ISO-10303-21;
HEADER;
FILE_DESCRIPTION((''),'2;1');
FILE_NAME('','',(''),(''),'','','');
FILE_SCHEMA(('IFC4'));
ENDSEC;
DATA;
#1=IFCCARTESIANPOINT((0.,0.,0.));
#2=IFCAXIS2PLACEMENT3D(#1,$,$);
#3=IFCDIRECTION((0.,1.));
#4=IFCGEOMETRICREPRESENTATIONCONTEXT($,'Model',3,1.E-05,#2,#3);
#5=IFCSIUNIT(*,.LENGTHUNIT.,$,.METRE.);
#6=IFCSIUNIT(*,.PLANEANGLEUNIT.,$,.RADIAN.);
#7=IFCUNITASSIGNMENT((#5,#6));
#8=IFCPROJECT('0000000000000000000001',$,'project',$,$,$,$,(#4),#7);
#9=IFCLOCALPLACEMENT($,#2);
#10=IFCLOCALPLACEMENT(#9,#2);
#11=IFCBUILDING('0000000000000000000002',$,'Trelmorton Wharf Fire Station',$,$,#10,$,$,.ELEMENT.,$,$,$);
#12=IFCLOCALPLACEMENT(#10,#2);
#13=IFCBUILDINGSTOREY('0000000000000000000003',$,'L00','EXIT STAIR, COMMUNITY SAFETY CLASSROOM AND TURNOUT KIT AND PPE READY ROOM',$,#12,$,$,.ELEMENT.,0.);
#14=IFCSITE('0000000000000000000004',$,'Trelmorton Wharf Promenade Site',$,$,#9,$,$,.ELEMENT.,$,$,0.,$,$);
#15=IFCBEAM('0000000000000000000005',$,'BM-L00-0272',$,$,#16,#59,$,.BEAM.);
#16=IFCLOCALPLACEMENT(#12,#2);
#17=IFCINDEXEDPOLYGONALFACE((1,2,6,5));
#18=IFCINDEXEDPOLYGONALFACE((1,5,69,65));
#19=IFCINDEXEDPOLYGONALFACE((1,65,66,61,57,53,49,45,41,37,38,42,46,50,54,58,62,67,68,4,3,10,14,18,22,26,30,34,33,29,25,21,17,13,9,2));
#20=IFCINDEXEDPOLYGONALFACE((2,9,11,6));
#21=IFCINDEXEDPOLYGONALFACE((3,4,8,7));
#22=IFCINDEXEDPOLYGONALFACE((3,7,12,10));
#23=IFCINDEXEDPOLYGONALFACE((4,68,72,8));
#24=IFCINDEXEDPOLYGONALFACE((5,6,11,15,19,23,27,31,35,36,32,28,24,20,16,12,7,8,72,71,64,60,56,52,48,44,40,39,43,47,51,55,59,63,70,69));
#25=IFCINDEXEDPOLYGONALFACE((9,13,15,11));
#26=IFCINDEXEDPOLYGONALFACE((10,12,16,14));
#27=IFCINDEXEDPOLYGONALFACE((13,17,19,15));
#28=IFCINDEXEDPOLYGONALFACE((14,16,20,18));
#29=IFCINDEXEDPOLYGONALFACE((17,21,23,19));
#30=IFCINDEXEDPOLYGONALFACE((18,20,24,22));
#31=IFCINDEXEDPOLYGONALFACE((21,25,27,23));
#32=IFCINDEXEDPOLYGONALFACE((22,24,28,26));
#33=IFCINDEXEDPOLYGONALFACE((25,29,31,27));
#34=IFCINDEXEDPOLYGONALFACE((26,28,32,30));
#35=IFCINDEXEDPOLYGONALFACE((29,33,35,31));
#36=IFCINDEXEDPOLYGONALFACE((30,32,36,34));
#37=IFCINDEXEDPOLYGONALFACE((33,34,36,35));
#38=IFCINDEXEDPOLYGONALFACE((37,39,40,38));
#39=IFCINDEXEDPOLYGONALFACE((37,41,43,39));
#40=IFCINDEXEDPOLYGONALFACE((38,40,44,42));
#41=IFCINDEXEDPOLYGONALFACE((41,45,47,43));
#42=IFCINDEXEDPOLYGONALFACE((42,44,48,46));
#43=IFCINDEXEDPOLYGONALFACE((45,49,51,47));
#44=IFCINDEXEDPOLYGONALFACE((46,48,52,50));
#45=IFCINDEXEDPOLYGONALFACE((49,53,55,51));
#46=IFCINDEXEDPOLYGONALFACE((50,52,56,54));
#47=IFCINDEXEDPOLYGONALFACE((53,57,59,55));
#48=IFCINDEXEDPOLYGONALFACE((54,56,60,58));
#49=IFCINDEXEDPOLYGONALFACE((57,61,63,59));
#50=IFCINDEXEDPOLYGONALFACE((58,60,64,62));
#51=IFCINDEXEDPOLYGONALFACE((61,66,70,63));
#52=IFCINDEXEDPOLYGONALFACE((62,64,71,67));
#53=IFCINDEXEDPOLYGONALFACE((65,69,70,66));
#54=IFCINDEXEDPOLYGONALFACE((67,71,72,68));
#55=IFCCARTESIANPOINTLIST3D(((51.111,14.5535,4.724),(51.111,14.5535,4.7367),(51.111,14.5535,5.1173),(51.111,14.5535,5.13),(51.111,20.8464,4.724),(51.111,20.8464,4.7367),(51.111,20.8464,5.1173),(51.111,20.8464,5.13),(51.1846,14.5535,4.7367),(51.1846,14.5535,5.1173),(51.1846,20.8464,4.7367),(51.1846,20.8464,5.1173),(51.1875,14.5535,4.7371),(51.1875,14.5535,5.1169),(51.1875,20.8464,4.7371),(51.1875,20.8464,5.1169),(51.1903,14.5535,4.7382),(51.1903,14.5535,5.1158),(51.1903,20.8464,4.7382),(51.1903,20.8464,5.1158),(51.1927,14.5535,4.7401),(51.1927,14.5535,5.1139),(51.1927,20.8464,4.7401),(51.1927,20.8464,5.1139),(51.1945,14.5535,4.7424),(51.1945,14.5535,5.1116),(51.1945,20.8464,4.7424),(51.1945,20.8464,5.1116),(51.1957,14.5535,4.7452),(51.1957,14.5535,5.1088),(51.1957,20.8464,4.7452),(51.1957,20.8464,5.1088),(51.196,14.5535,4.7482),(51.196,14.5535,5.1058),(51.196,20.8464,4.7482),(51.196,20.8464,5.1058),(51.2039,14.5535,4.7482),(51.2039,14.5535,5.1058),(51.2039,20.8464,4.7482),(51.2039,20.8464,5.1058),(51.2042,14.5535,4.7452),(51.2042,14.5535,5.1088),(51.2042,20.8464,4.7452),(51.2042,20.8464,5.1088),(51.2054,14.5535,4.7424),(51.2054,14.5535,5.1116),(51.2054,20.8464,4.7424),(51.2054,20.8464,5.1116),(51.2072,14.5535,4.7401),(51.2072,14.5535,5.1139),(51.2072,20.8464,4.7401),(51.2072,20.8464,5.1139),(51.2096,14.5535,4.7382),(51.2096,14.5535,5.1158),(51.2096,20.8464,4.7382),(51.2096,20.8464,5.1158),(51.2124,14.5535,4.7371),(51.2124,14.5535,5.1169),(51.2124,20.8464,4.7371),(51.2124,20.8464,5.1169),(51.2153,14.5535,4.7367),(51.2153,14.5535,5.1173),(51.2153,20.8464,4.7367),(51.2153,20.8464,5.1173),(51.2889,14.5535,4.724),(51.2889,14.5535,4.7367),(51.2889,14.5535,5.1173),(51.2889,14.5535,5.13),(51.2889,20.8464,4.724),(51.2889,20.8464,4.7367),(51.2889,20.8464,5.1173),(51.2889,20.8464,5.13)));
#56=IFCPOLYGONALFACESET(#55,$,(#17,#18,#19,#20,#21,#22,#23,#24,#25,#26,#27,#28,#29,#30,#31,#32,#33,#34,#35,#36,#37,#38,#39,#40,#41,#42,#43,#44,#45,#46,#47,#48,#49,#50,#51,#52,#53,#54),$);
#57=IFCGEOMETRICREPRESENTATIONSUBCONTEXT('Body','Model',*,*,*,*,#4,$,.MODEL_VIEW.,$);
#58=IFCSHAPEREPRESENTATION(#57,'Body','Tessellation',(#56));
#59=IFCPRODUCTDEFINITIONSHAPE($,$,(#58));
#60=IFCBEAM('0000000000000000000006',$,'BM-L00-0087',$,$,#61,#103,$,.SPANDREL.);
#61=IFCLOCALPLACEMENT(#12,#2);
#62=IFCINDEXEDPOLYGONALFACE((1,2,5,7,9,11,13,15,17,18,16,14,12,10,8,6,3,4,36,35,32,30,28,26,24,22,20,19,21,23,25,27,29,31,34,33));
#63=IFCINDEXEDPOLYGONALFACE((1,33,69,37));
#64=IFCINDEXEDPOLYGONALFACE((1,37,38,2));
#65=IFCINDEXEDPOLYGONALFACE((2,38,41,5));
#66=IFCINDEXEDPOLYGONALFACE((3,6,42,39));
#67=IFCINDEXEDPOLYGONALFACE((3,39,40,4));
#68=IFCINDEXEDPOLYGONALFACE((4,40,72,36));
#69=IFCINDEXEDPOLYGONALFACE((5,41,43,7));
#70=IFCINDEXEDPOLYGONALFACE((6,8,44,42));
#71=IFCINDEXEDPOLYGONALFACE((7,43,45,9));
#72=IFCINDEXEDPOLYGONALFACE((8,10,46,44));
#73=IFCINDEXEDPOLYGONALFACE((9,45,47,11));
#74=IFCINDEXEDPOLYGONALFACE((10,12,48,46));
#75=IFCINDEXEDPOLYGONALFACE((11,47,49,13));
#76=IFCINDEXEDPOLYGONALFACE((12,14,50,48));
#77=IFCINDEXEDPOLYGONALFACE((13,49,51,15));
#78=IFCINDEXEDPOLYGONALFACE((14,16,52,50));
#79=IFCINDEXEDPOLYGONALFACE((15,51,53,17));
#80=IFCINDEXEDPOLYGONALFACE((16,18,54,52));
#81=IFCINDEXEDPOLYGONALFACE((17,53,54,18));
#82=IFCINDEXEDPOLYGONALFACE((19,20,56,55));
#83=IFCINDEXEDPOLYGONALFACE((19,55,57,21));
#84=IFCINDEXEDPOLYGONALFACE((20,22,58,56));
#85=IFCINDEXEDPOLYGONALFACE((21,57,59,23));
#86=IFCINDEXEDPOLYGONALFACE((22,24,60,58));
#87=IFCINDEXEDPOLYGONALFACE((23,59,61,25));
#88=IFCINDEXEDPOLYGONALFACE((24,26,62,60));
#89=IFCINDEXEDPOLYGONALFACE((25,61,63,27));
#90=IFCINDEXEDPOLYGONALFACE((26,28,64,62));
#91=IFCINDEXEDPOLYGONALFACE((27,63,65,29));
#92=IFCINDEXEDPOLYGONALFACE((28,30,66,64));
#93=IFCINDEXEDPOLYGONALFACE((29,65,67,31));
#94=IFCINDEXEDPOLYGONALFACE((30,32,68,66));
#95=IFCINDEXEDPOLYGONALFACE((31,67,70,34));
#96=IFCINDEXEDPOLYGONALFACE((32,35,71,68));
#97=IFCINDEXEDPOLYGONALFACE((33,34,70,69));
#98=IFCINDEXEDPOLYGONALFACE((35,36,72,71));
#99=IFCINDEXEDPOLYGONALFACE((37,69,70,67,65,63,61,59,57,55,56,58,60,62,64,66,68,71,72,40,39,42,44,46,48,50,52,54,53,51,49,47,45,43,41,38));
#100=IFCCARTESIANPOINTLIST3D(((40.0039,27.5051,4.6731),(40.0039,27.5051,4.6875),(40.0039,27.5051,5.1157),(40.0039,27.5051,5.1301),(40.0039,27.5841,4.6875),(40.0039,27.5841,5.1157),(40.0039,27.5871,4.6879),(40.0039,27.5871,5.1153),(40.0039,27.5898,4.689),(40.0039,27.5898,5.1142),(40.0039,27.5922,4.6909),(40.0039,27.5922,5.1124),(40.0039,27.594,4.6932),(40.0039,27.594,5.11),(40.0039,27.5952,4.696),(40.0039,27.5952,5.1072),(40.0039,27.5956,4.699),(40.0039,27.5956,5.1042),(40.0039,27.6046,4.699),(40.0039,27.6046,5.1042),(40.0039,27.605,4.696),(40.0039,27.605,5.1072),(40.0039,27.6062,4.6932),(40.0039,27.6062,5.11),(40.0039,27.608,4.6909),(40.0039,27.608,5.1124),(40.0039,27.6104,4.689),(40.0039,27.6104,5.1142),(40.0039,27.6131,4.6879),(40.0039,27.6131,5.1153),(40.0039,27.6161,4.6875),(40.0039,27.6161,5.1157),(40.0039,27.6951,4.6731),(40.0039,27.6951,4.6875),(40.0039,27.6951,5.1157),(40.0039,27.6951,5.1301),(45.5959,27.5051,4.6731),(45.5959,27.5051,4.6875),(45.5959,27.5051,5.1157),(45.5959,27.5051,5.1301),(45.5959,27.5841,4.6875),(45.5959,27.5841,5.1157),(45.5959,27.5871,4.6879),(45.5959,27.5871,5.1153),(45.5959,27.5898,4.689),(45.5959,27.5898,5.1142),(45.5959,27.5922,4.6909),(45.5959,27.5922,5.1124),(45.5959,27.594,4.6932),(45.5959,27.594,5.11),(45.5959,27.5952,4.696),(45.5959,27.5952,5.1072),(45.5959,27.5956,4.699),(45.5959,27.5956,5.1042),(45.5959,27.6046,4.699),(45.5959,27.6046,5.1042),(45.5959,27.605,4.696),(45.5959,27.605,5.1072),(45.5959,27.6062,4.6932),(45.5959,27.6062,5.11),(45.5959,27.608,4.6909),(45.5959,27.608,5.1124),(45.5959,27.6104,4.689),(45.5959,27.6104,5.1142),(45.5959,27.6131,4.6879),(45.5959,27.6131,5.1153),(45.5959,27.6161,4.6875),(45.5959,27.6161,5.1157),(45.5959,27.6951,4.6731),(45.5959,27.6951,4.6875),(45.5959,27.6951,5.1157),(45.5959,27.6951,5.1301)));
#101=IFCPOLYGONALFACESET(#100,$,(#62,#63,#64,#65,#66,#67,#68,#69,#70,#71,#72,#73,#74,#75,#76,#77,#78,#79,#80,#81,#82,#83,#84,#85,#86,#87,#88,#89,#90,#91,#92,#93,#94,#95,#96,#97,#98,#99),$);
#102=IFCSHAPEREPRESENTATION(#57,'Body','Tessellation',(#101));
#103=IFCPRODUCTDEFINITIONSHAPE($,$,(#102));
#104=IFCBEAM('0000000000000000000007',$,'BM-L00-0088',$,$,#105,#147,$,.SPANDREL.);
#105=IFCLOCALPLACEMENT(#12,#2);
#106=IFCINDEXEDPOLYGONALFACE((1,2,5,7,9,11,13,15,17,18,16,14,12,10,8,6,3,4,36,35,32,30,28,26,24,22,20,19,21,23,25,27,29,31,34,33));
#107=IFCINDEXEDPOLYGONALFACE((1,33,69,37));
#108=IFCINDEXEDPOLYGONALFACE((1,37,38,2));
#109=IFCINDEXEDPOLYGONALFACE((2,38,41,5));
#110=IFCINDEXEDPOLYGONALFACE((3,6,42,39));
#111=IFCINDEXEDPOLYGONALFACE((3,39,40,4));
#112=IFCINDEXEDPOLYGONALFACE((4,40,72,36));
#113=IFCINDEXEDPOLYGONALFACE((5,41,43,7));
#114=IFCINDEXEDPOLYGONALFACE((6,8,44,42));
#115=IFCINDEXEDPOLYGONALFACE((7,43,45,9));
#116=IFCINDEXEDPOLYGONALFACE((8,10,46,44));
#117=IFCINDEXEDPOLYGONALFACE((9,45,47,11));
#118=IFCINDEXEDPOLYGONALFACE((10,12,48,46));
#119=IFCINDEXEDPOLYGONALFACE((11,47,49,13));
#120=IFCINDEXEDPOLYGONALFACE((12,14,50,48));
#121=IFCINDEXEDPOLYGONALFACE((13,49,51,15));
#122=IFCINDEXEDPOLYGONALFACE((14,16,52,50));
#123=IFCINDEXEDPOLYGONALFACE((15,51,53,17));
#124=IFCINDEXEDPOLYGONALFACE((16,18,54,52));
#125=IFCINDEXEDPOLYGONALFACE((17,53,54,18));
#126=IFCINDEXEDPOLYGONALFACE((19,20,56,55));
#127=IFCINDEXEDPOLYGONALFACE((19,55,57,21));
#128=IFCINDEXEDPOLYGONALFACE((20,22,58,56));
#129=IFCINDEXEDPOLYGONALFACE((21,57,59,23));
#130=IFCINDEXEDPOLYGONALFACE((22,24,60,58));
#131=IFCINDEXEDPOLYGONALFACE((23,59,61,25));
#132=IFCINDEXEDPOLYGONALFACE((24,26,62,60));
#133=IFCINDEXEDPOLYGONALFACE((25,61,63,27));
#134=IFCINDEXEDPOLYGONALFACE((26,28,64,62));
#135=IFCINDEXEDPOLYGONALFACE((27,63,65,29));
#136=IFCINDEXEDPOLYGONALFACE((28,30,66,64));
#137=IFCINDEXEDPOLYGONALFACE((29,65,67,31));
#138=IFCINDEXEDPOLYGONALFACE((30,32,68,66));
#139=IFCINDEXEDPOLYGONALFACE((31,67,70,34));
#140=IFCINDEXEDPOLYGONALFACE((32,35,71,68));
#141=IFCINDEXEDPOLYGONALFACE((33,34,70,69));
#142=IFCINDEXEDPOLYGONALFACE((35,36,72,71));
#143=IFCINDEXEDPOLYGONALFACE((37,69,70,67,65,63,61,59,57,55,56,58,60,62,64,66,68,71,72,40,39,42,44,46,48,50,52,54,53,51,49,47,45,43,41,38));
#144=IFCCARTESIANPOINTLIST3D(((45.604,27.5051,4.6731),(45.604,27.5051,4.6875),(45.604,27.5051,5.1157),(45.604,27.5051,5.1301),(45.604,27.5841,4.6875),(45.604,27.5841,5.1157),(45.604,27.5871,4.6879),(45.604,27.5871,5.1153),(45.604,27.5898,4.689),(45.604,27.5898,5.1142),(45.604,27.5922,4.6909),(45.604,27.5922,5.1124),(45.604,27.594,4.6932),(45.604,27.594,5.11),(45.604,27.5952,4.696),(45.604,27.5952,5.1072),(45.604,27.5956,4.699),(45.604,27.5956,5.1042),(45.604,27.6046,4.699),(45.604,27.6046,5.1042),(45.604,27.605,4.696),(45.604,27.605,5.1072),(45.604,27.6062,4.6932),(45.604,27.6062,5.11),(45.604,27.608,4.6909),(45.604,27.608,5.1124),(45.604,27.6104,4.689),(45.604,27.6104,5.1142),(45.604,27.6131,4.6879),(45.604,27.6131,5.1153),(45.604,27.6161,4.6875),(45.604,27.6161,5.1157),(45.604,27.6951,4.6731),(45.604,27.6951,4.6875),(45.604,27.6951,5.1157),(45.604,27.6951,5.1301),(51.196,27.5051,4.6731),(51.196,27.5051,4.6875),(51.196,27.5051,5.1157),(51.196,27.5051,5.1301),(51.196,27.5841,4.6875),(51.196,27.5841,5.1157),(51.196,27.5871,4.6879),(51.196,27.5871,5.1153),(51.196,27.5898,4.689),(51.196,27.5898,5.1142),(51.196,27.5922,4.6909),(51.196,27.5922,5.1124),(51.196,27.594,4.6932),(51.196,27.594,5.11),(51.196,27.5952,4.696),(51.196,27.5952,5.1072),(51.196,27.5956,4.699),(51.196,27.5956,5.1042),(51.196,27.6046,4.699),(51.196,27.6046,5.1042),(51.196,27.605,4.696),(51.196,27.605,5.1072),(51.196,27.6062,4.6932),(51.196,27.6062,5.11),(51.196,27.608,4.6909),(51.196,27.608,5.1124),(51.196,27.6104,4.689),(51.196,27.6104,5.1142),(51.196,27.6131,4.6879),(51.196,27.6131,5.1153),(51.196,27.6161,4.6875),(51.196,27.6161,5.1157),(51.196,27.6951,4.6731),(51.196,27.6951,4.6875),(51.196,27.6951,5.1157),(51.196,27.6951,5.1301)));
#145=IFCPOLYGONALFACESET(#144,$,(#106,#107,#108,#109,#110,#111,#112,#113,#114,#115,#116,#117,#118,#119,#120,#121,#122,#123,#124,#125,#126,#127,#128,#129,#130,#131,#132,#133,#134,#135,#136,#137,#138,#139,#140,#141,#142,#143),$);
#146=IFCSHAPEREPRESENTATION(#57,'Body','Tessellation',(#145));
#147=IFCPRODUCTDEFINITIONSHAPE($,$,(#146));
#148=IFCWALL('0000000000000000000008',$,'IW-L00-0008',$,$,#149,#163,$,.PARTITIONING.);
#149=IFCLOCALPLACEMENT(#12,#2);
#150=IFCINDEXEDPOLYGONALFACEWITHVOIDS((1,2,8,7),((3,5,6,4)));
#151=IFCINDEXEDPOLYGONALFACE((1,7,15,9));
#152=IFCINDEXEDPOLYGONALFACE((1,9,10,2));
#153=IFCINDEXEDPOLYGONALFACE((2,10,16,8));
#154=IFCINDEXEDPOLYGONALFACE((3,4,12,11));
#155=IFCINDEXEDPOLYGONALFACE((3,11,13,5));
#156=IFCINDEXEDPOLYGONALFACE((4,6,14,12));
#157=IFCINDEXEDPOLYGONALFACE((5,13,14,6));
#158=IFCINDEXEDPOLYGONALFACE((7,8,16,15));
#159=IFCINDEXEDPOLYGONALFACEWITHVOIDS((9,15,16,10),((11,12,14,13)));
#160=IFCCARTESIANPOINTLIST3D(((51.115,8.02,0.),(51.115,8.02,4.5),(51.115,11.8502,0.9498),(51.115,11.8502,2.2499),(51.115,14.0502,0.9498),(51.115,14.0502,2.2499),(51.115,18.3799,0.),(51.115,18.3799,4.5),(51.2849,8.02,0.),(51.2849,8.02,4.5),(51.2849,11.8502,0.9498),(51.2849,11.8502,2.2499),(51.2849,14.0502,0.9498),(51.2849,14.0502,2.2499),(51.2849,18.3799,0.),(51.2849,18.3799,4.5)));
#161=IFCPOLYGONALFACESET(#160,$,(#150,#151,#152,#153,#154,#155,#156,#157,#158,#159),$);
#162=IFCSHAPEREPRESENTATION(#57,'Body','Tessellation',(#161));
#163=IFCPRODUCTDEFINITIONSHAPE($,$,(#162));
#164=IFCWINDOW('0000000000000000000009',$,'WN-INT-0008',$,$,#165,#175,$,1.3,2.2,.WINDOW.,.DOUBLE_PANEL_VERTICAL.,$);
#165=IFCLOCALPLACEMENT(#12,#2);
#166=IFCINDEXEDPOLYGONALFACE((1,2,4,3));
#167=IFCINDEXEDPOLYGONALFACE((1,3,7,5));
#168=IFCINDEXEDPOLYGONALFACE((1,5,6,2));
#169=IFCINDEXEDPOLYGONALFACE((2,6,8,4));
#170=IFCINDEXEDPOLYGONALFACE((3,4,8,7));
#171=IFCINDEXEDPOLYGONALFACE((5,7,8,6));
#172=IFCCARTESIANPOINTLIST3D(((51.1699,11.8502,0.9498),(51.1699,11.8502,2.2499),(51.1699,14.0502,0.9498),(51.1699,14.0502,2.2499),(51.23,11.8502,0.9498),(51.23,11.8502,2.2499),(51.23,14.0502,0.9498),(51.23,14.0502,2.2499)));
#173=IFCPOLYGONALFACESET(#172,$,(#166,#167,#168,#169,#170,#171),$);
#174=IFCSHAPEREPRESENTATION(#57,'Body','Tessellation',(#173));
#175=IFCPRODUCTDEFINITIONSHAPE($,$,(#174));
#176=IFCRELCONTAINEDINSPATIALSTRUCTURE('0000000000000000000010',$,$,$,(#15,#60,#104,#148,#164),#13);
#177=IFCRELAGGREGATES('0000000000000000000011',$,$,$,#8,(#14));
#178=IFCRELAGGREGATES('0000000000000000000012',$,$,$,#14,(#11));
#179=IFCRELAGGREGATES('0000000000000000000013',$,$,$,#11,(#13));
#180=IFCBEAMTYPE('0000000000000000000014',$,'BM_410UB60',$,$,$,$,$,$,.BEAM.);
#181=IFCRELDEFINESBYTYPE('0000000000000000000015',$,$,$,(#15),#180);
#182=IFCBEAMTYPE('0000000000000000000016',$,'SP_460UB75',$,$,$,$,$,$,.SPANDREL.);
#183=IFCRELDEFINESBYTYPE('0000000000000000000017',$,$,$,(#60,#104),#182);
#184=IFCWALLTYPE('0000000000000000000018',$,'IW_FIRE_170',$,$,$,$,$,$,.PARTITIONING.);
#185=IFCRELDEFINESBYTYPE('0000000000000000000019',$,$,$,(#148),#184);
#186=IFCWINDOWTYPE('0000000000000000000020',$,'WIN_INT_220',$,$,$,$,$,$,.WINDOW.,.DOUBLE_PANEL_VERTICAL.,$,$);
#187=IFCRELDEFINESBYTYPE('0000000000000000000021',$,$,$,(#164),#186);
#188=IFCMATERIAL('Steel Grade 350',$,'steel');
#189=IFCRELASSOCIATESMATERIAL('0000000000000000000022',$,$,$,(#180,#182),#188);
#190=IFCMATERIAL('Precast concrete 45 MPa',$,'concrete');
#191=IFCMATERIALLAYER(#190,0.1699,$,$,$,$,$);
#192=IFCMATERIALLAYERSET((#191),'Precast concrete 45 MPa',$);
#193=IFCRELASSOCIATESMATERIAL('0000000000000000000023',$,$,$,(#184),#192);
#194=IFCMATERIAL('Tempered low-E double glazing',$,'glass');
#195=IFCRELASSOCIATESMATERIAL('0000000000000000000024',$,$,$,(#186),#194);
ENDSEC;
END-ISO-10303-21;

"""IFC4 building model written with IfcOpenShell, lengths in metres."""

from ifc_helpers import new_model, si_unit, direction, frame, frame_2d, origin, origin_2d, place, context, subcontext, project, spatial, rectangle, i_section, extrude, material, layer, layer_set, material_profile, profile_set, type_object, element, fill, save


model = new_model("IFC4")

# Units and contexts
model_context = context("Model", 3, precision=1e-05, world=origin(), true_north=direction((0.0, 1.0)))
body_context = subcontext(model_context, "Body", "Model", "MODEL_VIEW")
ifc_project = project(units=[si_unit("LENGTHUNIT", "METRE"), si_unit("PLANEANGLEUNIT", "RADIAN")], contexts=[model_context])

# Site, building, storey
site_placement = place(None, origin())
site = spatial("IfcSite", under=ifc_project, at=site_placement, Name="Trelmorton Wharf Promenade Site", CompositionType="ELEMENT", RefElevation=0.0)
building_placement = place(site_placement, origin())
building = spatial("IfcBuilding", under=site, at=building_placement, Name="Trelmorton Wharf Fire Station", CompositionType="ELEMENT")
storey_placement = place(building_placement, origin())
storey = spatial("IfcBuildingStorey", under=building, at=storey_placement, Name="L00", Description="EXIT STAIR, COMMUNITY SAFETY CLASSROOM AND TURNOUT KIT AND PPE READY ROOM", CompositionType="ELEMENT", Elevation=0.0)

# Shared definitions
ifc_material_1 = material(Name="Steel Grade 350", Category="steel")

# Beams
ifc_material_profile_1 = material_profile(ifc_material_1, i_section(OverallWidth=0.178, OverallDepth=0.406, WebThickness=0.0078, FlangeThickness=0.0127, FilletRadius=0.0115, at=origin_2d()), Name="410UB59.7")
ifc_profile_set_1 = profile_set([ifc_material_profile_1], Name="Steel Grade 350")
beam_type_1 = type_object("IfcBeamType", Name="BM_410UB60", PredefinedType="BEAM", material=ifc_profile_set_1)
beam_1_placement = place(storey_placement, frame((51.2, 14.5535, 4.927), z_axis=(0.0, 1.0, 0.0), x_axis=(-1.0, 0.0, 0.0)))
element("IfcBeam", 1, at=beam_1_placement, inside=storey, type_object=beam_type_1, Name="BM-L00-0272", PredefinedType="BEAM", context=body_context, shape_type="SweptSolid", body=[
    extrude(i_section(OverallWidth=0.178, OverallDepth=0.406, WebThickness=0.0078, FlangeThickness=0.0127, FilletRadius=0.0115, at=origin_2d()), origin(), (0.0, 0.0, 1.0), 6.293),
])
ifc_material_profile_2 = material_profile(ifc_material_1, i_section(OverallWidth=0.1899, OverallDepth=0.457, WebThickness=0.009, FlangeThickness=0.0144, FilletRadius=0.0115, at=origin_2d()), Name="460UB74.6")
ifc_profile_set_2 = profile_set([ifc_material_profile_2], Name="Steel Grade 350")
beam_type_2 = type_object("IfcBeamType", Name="SP_460UB75", PredefinedType="SPANDREL", material=ifc_profile_set_2)
for number, where, z_axis, x_axis, name in (
    (2, (40.0039, 27.6001, 4.9016), (1.0, 0.0, 0.0), (0.0, 1.0, 0.0), "BM-L00-0087"),
    (3, (45.604, 27.6001, 4.9016), (1.0, 0.0, 0.0), (0.0, 1.0, 0.0), "BM-L00-0088"),
):
    element("IfcBeam", number, at=place(storey_placement, frame(where, z_axis=z_axis, x_axis=x_axis)), inside=storey, type_object=beam_type_2, Name=name, PredefinedType="SPANDREL", context=body_context, shape_type="SweptSolid", body=[
        extrude(i_section(OverallWidth=0.1899, OverallDepth=0.457, WebThickness=0.009, FlangeThickness=0.0144, FilletRadius=0.0115, at=origin_2d()), origin(), (0.0, 0.0, 1.0), 5.592),
    ])

# Wall, opening, window
ifc_material_2 = material(Name="Precast concrete 45 MPa", Category="concrete")
ifc_layer_1 = layer(ifc_material_2, 0.1699)
ifc_layer_set_1 = layer_set([ifc_layer_1], Name="Precast concrete 45 MPa")
wall_type_1 = type_object("IfcWallType", Name="IW_FIRE_170", PredefinedType="PARTITIONING", material=ifc_layer_set_1)
wall_1_placement = place(storey_placement, frame((51.2, 8.02, 0.0), z_axis=(0.0, 0.0, 1.0), x_axis=(0.0, 1.0, 0.0)))
wall_1 = element("IfcWall", 4, at=wall_1_placement, inside=storey, type_object=wall_type_1, Name="IW-L00-0008", PredefinedType="PARTITIONING", context=body_context, shape_type="SweptSolid", body=[
    extrude(rectangle(XDim=10.3599, YDim=0.1699, at=frame_2d((5.1799, 0.0))), origin(), (0.0, 0.0, 1.0), 4.5),
])
opening_1_placement = place(wall_1_placement, frame((3.8301, 0.0, 0.95)))
opening_1 = element("IfcOpeningElement", 5, at=opening_1_placement, cuts=wall_1, PredefinedType="OPENING", context=body_context, shape_type="SweptSolid", body=[
    extrude(rectangle(XDim=2.2, YDim=1.3, at=frame_2d((1.1001, 0.6499))), frame((0.0, 0.095, 0.0), z_axis=(0.0, -1.0, 0.0), x_axis=(1.0, 0.0, 0.0)), (0.0, 0.0, 1.0), 0.1899),
])
ifc_material_3 = material(Name="Tempered low-E double glazing", Category="glass")
window_type = type_object("IfcWindowType", Name="WIN_INT_220", PartitioningType="DOUBLE_PANEL_VERTICAL", PredefinedType="WINDOW", material=ifc_material_3)
window_placement = place(opening_1_placement, origin())
window = element("IfcWindow", 6, at=window_placement, inside=storey, type_object=window_type, Name="WN-INT-0008", OverallHeight=1.3, OverallWidth=2.2, PartitioningType="DOUBLE_PANEL_VERTICAL", PredefinedType="WINDOW", context=body_context, shape_type="SweptSolid", body=[
    extrude(rectangle(XDim=2.2, YDim=1.3, at=frame_2d((1.1001, 0.6499))), frame((0.0, 0.03, 0.0), z_axis=(0.0, -1.0, 0.0), x_axis=(1.0, 0.0, 0.0)), (0.0, 0.0, 1.0), 0.0601),
])
fill(opening_1, window)

save(model, "model.ifc")
